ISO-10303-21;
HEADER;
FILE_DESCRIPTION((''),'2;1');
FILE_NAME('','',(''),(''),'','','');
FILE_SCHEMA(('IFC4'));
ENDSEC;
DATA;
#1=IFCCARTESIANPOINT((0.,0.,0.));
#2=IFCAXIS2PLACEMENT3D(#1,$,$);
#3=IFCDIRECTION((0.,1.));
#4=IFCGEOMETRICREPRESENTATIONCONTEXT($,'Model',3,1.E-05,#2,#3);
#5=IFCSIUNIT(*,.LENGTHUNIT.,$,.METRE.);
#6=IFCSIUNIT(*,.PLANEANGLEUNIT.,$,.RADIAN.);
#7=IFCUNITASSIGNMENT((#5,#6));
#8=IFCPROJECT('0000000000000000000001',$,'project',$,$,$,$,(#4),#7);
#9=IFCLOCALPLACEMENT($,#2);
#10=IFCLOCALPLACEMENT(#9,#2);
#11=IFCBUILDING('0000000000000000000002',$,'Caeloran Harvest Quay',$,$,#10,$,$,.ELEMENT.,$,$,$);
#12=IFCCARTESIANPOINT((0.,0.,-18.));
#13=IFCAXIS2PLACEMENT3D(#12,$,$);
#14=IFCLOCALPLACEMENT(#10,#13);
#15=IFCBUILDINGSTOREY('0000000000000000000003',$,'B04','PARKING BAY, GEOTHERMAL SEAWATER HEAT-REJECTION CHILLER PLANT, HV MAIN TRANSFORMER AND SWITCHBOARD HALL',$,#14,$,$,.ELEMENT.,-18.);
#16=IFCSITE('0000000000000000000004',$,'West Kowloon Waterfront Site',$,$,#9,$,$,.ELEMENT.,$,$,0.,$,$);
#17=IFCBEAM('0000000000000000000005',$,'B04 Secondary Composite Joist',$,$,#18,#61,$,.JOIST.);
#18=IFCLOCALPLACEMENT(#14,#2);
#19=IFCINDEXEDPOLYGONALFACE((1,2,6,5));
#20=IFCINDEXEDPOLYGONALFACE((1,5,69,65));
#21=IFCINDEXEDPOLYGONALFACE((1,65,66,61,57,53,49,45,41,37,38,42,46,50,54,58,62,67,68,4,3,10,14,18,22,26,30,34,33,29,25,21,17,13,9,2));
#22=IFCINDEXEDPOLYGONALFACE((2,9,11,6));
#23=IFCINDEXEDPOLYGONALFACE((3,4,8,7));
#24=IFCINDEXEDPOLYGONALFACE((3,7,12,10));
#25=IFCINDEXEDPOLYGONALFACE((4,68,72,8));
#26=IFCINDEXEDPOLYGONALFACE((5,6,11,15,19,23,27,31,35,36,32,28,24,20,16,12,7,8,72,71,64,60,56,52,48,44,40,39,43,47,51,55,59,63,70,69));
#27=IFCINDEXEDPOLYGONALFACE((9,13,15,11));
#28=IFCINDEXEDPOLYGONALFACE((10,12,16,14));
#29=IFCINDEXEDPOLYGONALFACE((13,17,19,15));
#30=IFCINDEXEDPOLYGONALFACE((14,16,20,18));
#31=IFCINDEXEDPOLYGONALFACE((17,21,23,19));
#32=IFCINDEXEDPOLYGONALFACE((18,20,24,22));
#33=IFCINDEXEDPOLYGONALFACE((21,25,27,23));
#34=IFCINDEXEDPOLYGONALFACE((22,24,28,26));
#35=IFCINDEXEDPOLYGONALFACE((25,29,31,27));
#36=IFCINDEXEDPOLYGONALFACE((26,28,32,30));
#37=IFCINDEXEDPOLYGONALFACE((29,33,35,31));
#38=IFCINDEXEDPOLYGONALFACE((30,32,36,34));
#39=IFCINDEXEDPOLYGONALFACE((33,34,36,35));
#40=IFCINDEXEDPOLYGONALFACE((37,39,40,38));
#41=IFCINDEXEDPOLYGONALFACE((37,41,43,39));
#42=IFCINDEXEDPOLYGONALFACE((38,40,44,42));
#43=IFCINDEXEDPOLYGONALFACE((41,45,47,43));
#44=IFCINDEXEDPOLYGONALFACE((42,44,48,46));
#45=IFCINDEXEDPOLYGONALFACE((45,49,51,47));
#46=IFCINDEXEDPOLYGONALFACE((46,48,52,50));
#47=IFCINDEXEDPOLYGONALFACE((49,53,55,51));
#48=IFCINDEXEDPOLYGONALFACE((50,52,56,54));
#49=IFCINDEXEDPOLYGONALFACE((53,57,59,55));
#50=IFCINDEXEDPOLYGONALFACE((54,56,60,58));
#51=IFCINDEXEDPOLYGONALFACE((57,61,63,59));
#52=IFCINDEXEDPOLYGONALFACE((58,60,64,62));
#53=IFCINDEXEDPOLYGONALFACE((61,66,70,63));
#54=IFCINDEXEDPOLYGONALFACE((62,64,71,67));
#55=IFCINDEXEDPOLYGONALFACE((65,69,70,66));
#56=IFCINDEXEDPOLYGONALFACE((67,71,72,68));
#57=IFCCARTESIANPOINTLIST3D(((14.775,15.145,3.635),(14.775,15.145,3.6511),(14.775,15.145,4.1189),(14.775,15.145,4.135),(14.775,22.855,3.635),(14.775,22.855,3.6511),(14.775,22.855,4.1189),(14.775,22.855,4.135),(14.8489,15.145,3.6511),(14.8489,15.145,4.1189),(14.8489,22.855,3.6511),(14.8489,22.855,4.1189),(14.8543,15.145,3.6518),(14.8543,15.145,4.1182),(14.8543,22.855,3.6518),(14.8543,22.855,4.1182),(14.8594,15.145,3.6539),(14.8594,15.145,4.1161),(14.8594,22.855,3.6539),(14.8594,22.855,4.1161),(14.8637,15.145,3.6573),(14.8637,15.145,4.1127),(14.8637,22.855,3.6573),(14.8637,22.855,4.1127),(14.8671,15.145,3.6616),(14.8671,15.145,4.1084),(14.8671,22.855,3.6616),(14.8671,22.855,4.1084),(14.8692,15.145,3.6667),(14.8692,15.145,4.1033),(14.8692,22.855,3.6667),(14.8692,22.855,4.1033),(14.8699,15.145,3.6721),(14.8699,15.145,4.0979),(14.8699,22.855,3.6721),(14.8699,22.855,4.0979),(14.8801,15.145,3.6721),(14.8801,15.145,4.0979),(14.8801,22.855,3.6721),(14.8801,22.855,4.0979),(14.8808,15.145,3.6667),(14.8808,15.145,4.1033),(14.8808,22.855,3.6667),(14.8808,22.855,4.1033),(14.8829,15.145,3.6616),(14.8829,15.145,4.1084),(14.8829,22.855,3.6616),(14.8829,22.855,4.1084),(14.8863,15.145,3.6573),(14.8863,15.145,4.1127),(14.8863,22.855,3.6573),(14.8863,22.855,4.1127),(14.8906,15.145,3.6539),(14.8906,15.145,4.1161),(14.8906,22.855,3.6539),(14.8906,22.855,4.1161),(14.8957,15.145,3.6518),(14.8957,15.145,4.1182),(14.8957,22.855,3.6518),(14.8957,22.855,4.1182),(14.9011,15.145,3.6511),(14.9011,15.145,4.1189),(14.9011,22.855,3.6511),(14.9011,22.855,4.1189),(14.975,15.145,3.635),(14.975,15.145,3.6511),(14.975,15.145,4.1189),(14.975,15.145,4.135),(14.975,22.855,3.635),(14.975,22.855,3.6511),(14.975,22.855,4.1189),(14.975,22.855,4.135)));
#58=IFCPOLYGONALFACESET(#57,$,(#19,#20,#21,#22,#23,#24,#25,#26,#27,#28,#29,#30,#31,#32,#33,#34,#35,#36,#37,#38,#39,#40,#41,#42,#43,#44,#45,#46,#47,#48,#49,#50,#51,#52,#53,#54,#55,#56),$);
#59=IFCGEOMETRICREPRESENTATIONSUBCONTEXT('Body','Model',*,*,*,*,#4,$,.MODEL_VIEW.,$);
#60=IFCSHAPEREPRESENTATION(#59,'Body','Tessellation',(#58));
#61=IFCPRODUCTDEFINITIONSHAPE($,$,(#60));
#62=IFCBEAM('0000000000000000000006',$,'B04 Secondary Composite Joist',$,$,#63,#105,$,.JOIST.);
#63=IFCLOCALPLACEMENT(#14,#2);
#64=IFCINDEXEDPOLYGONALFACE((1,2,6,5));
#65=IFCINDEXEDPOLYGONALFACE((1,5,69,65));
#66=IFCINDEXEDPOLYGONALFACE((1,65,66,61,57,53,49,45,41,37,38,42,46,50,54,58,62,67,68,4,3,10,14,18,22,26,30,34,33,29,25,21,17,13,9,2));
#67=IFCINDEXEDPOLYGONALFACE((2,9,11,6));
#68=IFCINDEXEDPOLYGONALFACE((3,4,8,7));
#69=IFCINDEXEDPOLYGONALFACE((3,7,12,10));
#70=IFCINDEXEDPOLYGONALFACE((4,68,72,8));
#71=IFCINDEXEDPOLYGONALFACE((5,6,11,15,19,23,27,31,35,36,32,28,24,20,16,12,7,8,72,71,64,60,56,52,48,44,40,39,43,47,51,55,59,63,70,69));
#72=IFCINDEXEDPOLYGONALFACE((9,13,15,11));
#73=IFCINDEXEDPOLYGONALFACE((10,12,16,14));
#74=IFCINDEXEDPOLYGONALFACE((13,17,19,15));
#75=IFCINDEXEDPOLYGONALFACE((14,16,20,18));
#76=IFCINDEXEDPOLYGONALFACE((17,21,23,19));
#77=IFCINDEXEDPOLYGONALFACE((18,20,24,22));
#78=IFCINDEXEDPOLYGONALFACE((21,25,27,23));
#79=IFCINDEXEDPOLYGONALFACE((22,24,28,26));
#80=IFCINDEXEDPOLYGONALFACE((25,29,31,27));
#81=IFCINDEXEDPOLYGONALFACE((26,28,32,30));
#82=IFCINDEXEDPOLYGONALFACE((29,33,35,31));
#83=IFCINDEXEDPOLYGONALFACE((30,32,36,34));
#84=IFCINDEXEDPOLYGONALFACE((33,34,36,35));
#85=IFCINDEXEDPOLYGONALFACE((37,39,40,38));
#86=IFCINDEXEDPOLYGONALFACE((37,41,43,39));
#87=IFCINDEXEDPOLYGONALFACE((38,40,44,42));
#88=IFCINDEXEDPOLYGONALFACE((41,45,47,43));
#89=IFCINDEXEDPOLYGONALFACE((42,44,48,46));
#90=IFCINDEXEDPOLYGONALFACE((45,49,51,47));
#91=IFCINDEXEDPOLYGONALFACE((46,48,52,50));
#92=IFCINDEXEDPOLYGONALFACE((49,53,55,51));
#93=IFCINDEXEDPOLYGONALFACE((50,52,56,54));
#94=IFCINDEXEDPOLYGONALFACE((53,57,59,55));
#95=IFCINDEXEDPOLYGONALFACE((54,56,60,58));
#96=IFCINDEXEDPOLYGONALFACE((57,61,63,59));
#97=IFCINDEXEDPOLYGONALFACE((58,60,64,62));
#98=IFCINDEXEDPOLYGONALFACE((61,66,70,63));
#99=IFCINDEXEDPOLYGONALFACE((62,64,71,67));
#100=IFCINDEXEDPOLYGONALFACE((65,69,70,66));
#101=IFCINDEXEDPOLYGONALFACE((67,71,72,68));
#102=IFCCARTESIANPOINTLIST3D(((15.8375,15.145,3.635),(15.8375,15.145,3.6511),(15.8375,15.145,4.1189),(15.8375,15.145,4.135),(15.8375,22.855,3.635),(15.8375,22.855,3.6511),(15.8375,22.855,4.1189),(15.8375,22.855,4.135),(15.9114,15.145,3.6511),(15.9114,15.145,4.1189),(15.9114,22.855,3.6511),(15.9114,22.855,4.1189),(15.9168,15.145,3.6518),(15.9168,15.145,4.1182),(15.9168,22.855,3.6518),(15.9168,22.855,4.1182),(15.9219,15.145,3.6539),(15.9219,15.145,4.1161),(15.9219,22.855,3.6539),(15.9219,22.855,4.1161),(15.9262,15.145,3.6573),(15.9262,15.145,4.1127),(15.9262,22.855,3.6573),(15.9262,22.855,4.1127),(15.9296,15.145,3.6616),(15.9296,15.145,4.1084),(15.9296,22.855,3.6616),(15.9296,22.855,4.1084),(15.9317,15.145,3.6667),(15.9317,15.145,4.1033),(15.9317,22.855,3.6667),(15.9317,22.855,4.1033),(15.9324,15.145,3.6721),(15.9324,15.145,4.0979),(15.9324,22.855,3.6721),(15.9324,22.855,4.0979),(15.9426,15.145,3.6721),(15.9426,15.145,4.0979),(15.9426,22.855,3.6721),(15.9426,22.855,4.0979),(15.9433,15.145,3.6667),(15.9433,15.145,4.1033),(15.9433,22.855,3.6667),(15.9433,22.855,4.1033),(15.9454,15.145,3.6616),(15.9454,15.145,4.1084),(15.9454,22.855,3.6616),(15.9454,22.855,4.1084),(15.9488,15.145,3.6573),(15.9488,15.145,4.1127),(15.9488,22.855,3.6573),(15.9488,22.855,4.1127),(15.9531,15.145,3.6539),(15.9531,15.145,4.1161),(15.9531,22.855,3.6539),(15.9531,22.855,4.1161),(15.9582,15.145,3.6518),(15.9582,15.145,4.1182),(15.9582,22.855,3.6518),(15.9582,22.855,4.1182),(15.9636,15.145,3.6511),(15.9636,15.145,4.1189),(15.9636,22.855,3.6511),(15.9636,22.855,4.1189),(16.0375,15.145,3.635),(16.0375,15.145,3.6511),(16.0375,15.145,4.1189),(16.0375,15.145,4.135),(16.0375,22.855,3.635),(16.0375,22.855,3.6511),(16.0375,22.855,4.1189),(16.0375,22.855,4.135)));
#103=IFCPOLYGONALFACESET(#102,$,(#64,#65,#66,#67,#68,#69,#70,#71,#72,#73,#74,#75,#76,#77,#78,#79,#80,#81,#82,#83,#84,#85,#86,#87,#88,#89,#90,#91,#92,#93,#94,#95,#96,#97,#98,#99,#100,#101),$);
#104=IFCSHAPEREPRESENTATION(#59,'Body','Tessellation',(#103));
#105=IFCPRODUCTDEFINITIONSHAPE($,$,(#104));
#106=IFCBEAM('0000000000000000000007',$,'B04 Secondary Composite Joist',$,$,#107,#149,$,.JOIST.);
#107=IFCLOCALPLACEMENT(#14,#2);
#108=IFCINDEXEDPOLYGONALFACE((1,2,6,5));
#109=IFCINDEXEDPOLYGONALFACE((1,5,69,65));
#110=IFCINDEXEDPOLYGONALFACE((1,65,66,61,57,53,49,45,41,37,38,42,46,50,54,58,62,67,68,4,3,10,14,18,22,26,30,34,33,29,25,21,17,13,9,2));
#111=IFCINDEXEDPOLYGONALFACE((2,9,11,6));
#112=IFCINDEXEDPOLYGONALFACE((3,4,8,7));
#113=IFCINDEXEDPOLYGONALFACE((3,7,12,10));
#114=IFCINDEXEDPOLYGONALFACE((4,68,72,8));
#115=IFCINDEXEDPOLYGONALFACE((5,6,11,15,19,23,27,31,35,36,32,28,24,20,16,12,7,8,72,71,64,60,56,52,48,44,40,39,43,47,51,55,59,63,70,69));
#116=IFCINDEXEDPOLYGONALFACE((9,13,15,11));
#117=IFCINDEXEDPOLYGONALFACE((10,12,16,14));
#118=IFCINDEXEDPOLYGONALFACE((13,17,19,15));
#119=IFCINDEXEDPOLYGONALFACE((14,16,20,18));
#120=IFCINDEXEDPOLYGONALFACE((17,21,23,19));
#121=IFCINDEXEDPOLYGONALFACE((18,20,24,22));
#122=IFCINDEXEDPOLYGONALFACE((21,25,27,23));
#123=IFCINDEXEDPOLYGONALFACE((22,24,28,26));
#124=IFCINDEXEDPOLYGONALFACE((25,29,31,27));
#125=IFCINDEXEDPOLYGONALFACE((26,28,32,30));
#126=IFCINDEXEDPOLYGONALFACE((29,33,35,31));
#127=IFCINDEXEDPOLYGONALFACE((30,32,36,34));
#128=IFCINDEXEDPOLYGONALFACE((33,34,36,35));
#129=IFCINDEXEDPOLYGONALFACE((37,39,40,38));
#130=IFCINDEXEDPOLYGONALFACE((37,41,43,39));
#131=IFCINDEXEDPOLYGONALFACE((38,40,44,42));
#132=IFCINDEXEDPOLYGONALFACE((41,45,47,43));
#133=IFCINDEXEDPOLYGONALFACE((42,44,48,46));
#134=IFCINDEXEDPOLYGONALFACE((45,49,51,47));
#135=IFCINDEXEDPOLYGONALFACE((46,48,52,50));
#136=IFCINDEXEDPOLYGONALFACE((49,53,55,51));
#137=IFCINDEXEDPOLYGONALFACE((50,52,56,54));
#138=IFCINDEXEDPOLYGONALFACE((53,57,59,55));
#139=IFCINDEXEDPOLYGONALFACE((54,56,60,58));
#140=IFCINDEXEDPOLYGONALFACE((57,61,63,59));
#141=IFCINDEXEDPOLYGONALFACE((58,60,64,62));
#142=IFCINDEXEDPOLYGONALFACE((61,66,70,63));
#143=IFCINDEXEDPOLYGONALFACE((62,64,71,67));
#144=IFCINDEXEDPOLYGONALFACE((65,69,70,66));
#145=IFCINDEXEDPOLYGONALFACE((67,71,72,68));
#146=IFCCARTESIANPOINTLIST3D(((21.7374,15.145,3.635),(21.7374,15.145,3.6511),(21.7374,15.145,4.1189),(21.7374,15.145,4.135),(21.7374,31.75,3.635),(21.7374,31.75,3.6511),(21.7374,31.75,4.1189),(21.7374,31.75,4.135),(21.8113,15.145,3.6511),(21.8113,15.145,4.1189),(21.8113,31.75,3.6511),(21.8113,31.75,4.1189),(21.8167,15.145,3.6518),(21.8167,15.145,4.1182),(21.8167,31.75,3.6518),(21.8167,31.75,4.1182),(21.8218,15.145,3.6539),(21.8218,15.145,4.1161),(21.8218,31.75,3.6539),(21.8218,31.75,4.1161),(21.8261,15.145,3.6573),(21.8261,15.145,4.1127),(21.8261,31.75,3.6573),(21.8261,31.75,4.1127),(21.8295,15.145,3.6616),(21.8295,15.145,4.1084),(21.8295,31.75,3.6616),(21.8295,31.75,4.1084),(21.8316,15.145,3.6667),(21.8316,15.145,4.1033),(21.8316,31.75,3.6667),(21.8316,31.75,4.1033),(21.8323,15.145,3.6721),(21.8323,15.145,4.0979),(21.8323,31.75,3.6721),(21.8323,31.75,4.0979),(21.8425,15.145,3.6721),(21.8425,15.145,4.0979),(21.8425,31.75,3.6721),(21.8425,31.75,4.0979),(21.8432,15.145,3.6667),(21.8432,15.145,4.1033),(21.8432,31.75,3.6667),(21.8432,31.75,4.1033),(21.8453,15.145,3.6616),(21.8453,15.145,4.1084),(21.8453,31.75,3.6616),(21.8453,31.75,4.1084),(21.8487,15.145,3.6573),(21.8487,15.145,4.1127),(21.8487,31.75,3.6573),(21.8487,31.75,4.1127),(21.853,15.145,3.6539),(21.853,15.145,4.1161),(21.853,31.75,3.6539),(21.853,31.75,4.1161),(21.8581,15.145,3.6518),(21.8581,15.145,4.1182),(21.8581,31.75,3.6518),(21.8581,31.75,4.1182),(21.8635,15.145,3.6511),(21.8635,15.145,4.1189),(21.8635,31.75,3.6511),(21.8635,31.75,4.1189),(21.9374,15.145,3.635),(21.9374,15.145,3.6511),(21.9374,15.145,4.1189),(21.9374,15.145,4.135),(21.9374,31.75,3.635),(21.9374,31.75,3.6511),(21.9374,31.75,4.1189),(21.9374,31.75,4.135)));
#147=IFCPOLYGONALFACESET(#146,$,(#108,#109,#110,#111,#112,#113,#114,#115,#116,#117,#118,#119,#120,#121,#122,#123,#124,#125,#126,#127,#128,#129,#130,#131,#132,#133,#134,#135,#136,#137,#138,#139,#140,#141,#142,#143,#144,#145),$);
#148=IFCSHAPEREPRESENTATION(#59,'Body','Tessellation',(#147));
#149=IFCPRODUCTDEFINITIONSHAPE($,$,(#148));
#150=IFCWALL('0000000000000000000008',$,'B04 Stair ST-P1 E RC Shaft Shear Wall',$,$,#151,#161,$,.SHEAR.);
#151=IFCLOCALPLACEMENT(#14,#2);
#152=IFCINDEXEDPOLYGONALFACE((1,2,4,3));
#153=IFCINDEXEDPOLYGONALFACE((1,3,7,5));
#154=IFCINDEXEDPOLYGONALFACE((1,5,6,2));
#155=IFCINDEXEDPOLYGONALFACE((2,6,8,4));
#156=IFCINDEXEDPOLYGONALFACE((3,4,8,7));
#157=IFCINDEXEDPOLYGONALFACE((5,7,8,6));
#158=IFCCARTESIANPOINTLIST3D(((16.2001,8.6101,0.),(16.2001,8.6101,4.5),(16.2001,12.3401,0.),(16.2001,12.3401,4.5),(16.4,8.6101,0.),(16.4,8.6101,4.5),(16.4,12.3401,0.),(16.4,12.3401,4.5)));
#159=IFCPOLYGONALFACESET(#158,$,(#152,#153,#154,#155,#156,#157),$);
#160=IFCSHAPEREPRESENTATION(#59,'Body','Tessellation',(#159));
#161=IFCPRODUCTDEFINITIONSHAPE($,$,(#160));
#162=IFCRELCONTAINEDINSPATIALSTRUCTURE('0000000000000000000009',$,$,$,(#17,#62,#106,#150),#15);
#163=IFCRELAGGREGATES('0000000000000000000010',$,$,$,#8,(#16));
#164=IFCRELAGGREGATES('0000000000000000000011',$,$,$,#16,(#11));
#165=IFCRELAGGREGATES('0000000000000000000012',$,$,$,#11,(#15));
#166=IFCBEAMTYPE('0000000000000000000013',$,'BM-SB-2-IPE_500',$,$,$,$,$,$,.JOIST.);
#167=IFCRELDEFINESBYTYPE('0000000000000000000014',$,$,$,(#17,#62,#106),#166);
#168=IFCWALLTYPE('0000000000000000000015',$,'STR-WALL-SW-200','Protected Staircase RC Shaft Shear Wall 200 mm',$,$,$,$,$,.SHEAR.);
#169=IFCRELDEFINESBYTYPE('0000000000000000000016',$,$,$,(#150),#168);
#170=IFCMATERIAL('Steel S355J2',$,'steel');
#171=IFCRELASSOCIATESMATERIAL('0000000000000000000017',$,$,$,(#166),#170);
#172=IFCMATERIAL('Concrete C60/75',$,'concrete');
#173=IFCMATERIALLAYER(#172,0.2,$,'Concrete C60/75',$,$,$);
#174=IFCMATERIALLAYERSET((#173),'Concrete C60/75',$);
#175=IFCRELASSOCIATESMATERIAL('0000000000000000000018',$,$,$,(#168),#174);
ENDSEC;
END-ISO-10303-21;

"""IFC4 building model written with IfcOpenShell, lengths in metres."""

from ifc_helpers import new_model, si_unit, direction, frame, frame_2d, origin, origin_2d, place, context, subcontext, project, spatial, rectangle, i_section, extrude, material, layer, layer_set, material_profile, profile_set, type_object, element, save


model = new_model("IFC4")

# Units and contexts
model_context = context("Model", 3, precision=1e-05, world=origin(), true_north=direction((0.0, 1.0)))
body_context = subcontext(model_context, "Body", "Model", "MODEL_VIEW")
ifc_project = project(units=[si_unit("LENGTHUNIT", "METRE"), si_unit("PLANEANGLEUNIT", "RADIAN")], contexts=[model_context])

# Site, building, storey
site_placement = place(None, origin())
site = spatial("IfcSite", under=ifc_project, at=site_placement, Name="West Kowloon Waterfront Site", CompositionType="ELEMENT", RefElevation=0.0)
building_placement = place(site_placement, origin())
building = spatial("IfcBuilding", under=site, at=building_placement, Name="Caeloran Harvest Quay", CompositionType="ELEMENT")
storey_placement = place(building_placement, frame((0.0, 0.0, -18.0)))
storey = spatial("IfcBuildingStorey", under=building, at=storey_placement, Name="B04", Description="PARKING BAY, GEOTHERMAL SEAWATER HEAT-REJECTION CHILLER PLANT, HV MAIN TRANSFORMER AND SWITCHBOARD HALL", CompositionType="ELEMENT", Elevation=-18.0)

# Shared definitions
ifc_material_1 = material(Name="Concrete C60/75", Category="concrete")

# Beams
ifc_material_2 = material(Name="Steel S355J2", Category="steel")
ifc_material_profile_1 = material_profile(ifc_material_2, i_section(OverallWidth=0.2, OverallDepth=0.5, WebThickness=0.0103, FlangeThickness=0.0161, FilletRadius=0.021, at=origin_2d()), Name="IPE 500")
ifc_profile_set_1 = profile_set([ifc_material_profile_1], Name="Steel S355J2")
beam_type_1 = type_object("IfcBeamType", Name="BM-SB-2-IPE_500", PredefinedType="JOIST", material=ifc_profile_set_1)
for number, where, z_axis, x_axis, name in (
    (1, (14.875, 15.145, 3.885), (0.0, 1.0, 0.0), (-1.0, 0.0, 0.0), "B04 Secondary Composite Joist"),
    (2, (15.9375, 15.145, 3.885), (0.0, 1.0, 0.0), (-1.0, 0.0, 0.0), "B04 Secondary Composite Joist"),
):
    element("IfcBeam", number, at=place(storey_placement, frame(where, z_axis=z_axis, x_axis=x_axis)), inside=storey, type_object=beam_type_1, Name=name, PredefinedType="JOIST", context=body_context, shape_type="SweptSolid", body=[
        extrude(i_section(OverallWidth=0.2, OverallDepth=0.5, WebThickness=0.0103, FlangeThickness=0.0161, FilletRadius=0.021, at=origin_2d()), origin(), (0.0, 0.0, 1.0), 7.71),
    ])
beam_1_placement = place(storey_placement, frame((21.8374, 15.145, 3.885), z_axis=(0.0, 1.0, 0.0), x_axis=(-1.0, 0.0, 0.0)))
element("IfcBeam", 3, at=beam_1_placement, inside=storey, type_object=beam_type_1, Name="B04 Secondary Composite Joist", PredefinedType="JOIST", context=body_context, shape_type="SweptSolid", body=[
    extrude(i_section(OverallWidth=0.2, OverallDepth=0.5, WebThickness=0.0103, FlangeThickness=0.0161, FilletRadius=0.021, at=origin_2d()), origin(), (0.0, 0.0, 1.0), 16.605),
])

# Wall
ifc_layer = layer(ifc_material_1, 0.2, Name="Concrete C60/75")
ifc_layer_set = layer_set([ifc_layer], Name="Concrete C60/75")
wall_type = type_object("IfcWallType", Name="STR-WALL-SW-200", Description="Protected Staircase RC Shaft Shear Wall 200 mm", PredefinedType="SHEAR", material=ifc_layer_set)
wall_placement = place(storey_placement, frame((16.3, 8.6101, 0.0), z_axis=(0.0, 0.0, 1.0), x_axis=(0.0, 1.0, 0.0)))
element("IfcWall", 4, at=wall_placement, inside=storey, type_object=wall_type, Name="B04 Stair ST-P1 E RC Shaft Shear Wall", PredefinedType="SHEAR", context=body_context, shape_type="SweptSolid", body=[
    extrude(rectangle(XDim=3.73, YDim=0.2, at=frame_2d((1.865, 0.0))), origin(), (0.0, 0.0, 1.0), 4.5),
])

save(model, "model.ifc")
